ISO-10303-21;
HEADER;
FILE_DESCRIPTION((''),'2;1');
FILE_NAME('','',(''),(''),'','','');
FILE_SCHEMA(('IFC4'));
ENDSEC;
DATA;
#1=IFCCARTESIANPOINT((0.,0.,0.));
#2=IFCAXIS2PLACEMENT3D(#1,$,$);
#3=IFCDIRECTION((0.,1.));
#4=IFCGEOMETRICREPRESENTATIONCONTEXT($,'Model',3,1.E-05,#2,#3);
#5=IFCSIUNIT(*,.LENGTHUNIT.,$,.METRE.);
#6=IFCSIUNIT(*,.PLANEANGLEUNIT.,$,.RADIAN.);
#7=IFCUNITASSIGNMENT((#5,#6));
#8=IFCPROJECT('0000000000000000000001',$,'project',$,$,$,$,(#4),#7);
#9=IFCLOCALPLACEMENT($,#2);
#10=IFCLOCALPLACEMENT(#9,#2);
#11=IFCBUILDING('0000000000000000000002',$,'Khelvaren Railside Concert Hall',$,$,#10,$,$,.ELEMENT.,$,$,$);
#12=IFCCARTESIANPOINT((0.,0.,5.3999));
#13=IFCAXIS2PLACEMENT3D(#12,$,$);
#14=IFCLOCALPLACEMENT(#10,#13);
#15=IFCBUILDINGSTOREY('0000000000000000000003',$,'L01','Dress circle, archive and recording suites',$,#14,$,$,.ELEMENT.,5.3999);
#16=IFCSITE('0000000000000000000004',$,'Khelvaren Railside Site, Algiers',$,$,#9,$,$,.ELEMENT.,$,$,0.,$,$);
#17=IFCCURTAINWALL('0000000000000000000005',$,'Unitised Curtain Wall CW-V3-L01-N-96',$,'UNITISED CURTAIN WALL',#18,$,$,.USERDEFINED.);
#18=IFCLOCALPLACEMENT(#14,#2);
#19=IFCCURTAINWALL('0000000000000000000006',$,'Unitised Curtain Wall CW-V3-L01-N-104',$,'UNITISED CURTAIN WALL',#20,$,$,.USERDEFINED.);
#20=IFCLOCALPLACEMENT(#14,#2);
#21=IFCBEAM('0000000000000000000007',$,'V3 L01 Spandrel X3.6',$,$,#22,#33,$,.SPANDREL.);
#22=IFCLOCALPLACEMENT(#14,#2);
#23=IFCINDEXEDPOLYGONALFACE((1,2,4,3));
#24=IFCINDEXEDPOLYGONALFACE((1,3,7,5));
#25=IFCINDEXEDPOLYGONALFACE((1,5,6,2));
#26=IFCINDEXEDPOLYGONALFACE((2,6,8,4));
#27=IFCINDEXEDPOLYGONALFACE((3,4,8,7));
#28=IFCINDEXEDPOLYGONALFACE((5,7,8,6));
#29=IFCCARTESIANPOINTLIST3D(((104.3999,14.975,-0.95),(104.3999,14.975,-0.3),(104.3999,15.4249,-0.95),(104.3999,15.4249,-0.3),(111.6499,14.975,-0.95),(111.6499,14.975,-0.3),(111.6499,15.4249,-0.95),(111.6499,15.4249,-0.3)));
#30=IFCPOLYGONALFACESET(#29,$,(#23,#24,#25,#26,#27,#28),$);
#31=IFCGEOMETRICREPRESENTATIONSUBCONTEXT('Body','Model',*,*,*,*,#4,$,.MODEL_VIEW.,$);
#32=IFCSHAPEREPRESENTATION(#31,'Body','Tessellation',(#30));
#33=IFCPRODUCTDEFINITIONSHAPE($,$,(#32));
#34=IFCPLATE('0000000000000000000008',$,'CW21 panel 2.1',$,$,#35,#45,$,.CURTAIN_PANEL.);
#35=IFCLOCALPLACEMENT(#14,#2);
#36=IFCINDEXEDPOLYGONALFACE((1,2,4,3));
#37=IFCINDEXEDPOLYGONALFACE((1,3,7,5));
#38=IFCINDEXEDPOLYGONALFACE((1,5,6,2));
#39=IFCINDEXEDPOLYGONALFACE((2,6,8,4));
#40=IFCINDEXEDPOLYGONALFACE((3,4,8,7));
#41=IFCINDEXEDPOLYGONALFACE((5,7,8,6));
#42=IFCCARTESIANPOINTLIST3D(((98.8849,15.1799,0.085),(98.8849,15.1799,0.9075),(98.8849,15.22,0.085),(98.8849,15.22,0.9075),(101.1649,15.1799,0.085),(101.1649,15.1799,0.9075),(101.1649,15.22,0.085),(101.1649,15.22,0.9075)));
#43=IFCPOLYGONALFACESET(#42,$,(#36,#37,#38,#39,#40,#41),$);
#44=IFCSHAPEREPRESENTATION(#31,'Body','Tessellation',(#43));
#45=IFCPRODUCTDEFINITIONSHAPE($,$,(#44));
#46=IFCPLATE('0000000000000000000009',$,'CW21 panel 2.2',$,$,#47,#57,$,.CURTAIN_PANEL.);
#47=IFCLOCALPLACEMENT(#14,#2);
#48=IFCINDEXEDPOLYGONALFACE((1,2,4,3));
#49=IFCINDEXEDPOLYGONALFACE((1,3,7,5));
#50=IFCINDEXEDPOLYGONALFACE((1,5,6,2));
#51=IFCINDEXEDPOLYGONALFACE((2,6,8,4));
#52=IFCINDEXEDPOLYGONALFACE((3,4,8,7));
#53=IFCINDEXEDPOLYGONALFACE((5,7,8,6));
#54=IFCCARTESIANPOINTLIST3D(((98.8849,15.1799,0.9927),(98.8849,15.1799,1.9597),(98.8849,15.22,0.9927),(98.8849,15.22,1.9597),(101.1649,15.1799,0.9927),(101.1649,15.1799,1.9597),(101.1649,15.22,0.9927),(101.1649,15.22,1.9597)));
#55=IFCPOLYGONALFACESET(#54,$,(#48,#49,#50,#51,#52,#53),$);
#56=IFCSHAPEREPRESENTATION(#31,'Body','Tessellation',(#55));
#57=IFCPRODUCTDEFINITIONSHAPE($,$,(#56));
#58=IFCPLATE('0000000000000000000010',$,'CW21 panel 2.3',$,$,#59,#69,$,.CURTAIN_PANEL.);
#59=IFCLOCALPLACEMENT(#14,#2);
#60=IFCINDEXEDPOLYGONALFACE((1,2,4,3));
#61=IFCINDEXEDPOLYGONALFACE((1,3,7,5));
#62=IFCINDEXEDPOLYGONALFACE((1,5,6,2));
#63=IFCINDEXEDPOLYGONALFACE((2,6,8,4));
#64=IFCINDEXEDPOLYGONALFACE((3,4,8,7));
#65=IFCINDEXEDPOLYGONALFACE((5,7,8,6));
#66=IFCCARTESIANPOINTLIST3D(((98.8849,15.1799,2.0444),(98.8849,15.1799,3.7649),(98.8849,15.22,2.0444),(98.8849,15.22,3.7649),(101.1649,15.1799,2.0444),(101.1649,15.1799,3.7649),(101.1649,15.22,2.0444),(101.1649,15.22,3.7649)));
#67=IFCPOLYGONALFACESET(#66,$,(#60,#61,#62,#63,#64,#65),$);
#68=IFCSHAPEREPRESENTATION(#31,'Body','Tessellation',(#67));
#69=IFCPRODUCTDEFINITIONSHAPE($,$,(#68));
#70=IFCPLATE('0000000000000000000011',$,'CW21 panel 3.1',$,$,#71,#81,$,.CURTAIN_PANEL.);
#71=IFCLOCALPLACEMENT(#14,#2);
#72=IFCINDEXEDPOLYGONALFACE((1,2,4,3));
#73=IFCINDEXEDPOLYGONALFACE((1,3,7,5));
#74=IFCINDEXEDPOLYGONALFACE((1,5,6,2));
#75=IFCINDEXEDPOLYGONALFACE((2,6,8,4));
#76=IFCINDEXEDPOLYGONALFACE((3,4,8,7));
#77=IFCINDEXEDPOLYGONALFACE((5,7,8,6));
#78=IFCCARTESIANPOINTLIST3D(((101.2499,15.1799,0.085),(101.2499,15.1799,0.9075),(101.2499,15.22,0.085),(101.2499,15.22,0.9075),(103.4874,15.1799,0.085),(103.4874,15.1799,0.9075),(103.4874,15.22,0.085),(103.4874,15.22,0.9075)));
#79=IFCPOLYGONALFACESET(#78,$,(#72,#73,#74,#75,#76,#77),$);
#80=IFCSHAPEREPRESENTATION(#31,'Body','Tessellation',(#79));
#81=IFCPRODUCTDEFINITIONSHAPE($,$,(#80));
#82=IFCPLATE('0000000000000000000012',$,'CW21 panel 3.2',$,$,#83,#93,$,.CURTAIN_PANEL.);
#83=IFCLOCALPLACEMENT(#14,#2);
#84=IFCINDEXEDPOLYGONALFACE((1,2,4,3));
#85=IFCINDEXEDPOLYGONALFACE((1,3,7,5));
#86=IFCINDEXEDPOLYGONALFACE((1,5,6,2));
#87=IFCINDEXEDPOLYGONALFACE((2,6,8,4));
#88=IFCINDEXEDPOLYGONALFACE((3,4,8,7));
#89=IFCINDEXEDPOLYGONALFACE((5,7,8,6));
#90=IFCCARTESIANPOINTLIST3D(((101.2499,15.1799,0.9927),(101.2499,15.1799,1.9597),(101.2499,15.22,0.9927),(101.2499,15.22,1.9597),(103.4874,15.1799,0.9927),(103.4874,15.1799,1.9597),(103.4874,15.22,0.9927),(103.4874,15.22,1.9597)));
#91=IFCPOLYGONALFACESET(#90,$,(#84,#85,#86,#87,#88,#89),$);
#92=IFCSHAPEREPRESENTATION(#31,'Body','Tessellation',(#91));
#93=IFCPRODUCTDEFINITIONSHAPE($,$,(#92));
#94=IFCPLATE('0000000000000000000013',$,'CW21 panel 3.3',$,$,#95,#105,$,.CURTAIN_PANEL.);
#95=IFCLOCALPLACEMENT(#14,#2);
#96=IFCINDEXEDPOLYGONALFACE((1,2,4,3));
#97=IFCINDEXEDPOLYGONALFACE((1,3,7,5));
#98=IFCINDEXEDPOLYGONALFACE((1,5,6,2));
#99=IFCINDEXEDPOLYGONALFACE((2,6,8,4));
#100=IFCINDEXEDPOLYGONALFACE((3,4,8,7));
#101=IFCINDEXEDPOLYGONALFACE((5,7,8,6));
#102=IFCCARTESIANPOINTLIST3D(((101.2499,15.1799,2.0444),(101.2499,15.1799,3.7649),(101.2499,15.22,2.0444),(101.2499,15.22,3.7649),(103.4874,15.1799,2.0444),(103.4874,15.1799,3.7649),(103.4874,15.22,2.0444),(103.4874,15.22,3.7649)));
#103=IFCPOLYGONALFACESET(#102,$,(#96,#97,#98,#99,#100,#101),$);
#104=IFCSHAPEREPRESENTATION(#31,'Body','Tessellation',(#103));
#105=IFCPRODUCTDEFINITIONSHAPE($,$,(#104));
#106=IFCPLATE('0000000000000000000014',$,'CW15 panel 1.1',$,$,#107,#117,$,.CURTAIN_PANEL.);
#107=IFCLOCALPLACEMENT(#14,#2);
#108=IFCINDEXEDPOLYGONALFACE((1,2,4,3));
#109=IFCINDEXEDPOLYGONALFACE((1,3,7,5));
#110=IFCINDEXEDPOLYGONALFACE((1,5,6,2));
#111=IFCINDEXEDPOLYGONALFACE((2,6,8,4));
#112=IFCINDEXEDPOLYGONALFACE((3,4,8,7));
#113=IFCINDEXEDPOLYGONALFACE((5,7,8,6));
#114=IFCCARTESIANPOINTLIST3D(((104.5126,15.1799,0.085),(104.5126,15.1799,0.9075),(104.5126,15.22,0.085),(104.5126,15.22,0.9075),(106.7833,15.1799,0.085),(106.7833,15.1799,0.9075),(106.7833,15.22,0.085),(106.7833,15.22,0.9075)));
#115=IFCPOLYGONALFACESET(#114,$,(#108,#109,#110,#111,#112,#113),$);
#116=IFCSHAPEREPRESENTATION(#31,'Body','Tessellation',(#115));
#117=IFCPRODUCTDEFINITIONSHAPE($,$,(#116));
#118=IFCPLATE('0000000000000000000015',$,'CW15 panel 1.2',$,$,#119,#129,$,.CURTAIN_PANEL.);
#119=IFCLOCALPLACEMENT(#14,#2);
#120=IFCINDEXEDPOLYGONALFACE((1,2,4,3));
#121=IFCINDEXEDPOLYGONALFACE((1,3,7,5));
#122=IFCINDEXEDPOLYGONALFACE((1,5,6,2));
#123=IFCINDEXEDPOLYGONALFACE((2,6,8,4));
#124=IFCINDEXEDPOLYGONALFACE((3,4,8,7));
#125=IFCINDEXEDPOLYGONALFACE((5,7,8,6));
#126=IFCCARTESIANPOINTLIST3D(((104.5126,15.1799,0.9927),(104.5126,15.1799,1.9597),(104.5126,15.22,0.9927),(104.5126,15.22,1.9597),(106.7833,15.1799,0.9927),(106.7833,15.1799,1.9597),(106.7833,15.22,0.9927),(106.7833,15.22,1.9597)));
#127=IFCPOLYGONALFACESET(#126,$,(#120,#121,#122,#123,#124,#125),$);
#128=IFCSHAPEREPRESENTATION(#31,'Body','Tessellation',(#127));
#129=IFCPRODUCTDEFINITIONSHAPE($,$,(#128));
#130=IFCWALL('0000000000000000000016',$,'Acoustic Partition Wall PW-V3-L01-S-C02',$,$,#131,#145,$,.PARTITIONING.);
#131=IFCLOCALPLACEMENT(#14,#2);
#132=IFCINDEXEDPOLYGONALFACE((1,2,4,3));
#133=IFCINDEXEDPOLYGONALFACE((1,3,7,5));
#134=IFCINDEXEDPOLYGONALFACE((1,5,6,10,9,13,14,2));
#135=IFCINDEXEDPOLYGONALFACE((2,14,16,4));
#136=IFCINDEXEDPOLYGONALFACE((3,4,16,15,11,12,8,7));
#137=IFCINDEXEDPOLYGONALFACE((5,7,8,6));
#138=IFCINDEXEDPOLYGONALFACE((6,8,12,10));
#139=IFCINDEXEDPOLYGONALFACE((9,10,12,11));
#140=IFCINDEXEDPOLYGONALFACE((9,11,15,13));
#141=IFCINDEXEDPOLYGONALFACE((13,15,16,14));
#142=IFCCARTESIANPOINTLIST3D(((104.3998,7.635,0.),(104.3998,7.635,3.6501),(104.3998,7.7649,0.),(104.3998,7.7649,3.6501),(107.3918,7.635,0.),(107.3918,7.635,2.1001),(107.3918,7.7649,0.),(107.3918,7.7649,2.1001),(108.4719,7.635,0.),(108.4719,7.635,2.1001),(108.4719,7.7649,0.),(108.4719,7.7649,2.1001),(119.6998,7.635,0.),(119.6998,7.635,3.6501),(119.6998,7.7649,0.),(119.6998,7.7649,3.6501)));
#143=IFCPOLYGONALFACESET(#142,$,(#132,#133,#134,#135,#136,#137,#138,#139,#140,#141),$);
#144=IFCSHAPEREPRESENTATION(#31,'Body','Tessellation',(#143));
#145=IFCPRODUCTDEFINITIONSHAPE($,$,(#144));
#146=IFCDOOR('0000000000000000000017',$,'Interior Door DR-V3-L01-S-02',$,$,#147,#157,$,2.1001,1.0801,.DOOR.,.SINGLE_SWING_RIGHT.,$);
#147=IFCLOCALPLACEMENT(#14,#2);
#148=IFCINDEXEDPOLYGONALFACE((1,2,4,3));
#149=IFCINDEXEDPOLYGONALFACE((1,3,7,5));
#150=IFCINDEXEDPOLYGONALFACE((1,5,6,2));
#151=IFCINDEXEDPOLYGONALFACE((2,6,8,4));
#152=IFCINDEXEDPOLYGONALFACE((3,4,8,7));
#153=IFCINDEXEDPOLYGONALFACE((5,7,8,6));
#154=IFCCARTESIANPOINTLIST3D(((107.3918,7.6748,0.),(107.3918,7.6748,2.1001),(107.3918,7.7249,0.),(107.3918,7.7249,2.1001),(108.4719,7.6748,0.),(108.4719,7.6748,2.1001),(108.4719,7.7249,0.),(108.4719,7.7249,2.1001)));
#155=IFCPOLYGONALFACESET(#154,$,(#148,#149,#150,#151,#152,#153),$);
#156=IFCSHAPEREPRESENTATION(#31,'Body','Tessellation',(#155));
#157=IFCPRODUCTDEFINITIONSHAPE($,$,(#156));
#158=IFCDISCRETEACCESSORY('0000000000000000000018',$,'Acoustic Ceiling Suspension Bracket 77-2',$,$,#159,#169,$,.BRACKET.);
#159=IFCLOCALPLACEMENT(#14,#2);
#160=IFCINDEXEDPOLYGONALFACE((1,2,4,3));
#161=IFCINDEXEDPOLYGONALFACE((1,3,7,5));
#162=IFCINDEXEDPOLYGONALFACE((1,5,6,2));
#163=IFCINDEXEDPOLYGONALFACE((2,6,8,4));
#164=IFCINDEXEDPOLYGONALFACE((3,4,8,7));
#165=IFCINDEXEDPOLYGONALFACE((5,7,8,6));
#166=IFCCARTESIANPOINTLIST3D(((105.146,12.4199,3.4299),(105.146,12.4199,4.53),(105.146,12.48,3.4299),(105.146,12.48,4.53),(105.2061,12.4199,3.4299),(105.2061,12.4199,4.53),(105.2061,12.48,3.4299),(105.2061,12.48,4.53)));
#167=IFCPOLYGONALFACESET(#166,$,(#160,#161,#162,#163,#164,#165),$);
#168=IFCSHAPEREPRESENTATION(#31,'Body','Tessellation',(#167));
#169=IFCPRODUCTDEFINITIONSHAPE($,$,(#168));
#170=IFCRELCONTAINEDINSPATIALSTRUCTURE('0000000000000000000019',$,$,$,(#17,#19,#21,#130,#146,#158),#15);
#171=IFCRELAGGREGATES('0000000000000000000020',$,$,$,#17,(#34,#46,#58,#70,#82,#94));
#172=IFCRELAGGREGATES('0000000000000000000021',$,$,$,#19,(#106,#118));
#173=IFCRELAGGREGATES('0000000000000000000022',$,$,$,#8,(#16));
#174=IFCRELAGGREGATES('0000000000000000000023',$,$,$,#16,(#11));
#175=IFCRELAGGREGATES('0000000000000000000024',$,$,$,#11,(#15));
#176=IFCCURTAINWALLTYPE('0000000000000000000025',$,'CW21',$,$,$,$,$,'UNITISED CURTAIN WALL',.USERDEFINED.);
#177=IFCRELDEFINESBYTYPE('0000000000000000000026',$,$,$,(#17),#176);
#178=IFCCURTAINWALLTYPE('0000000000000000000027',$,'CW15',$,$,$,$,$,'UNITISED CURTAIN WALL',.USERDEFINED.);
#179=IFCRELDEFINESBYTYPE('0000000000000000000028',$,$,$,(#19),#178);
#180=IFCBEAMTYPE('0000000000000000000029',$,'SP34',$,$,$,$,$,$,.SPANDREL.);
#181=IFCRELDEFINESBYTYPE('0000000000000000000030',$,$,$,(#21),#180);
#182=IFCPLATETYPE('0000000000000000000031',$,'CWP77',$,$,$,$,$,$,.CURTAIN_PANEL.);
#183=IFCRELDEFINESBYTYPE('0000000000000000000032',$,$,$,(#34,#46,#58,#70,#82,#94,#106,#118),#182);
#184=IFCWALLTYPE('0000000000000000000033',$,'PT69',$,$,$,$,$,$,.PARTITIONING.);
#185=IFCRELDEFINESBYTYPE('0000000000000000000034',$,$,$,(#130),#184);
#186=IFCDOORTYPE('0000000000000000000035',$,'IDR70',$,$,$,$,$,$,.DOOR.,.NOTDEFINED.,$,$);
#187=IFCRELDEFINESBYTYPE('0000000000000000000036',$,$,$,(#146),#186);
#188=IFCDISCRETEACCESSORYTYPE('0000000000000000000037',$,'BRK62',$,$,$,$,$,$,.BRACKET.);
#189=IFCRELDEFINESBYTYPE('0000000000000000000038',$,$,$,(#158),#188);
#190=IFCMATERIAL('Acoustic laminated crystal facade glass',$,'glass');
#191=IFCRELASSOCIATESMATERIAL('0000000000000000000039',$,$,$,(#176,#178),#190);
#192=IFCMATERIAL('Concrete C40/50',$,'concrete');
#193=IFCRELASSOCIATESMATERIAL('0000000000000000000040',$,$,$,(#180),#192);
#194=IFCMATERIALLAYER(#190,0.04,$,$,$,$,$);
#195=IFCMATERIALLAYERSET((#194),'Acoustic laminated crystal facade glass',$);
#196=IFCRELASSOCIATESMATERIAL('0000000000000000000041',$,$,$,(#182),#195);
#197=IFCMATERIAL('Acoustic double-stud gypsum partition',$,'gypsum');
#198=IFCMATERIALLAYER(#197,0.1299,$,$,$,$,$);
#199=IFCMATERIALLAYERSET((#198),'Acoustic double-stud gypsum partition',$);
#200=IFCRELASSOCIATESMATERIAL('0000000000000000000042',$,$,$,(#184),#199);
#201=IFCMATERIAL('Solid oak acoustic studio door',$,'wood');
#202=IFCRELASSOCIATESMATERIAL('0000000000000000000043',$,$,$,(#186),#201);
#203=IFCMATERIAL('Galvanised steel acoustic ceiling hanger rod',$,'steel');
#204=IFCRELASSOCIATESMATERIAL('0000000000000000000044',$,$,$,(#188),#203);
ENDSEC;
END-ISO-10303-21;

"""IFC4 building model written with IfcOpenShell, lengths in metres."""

from ifc_helpers import new_model, si_unit, direction, frame, frame_2d, origin, origin_2d, place, context, subcontext, project, spatial, rectangle, extrude, material, layer, layer_set, material_profile, profile_set, type_object, element, fill, aggregate, save


model = new_model("IFC4")

# Units and contexts
model_context = context("Model", 3, precision=1e-05, world=origin(), true_north=direction((0.0, 1.0)))
body_context = subcontext(model_context, "Body", "Model", "MODEL_VIEW")
ifc_project = project(units=[si_unit("LENGTHUNIT", "METRE"), si_unit("PLANEANGLEUNIT", "RADIAN")], contexts=[model_context])

# Site, building, storey
site_placement = place(None, origin())
site = spatial("IfcSite", under=ifc_project, at=site_placement, Name="Khelvaren Railside Site, Algiers", CompositionType="ELEMENT", RefElevation=0.0)
building_placement = place(site_placement, origin())
building = spatial("IfcBuilding", under=site, at=building_placement, Name="Khelvaren Railside Concert Hall", CompositionType="ELEMENT")
storey_placement = place(building_placement, frame((0.0, 0.0, 5.3999)))
storey = spatial("IfcBuildingStorey", under=building, at=storey_placement, Name="L01", Description="Dress circle, archive and recording suites", CompositionType="ELEMENT", Elevation=5.3999)

# Curtain wall
ifc_material_1 = material(Name="Acoustic laminated crystal facade glass", Category="glass")
curtain_wall_type_1 = type_object("IfcCurtainWallType", Name="CW21", ElementType="UNITISED CURTAIN WALL", PredefinedType="USERDEFINED", material=ifc_material_1)
curtain_wall_1_placement = place(storey_placement, origin())
curtain_wall_1 = element("IfcCurtainWall", 1, at=curtain_wall_1_placement, inside=storey, type_object=curtain_wall_type_1, Name="Unitised Curtain Wall CW-V3-L01-N-96", ObjectType="UNITISED CURTAIN WALL", PredefinedType="USERDEFINED")

# Curtain wall
curtain_wall_type_2 = type_object("IfcCurtainWallType", Name="CW15", ElementType="UNITISED CURTAIN WALL", PredefinedType="USERDEFINED", material=ifc_material_1)
curtain_wall_2_placement = place(storey_placement, origin())
curtain_wall_2 = element("IfcCurtainWall", 2, at=curtain_wall_2_placement, inside=storey, type_object=curtain_wall_type_2, Name="Unitised Curtain Wall CW-V3-L01-N-104", ObjectType="UNITISED CURTAIN WALL", PredefinedType="USERDEFINED")

# Beam
ifc_material_2 = material(Name="Concrete C40/50", Category="concrete")
ifc_material_profile_1 = material_profile(ifc_material_2, rectangle(XDim=0.45, YDim=0.6499, at=origin_2d()), Name="RCB 450x650")
ifc_profile_set_1 = profile_set([ifc_material_profile_1], Name="Concrete C40/50")
beam_type_1 = type_object("IfcBeamType", Name="SP34", PredefinedType="SPANDREL", material=ifc_profile_set_1)
beam_1_placement = place(storey_placement, frame((104.3999, 15.2, -0.625), z_axis=(1.0, 0.0, 0.0), x_axis=(0.0, 1.0, 0.0)))
element("IfcBeam", 3, at=beam_1_placement, inside=storey, type_object=beam_type_1, Name="V3 L01 Spandrel X3.6", PredefinedType="SPANDREL", context=body_context, shape_type="SweptSolid", body=[
    extrude(rectangle(XDim=0.45, YDim=0.6499, at=origin_2d()), origin(), (0.0, 0.0, 1.0), 7.25),
])

# Plates
ifc_layer_1 = layer(ifc_material_1, 0.04)
ifc_layer_set_1 = layer_set([ifc_layer_1], Name="Acoustic laminated crystal facade glass")
plate_type = type_object("IfcPlateType", Name="CWP77", PredefinedType="CURTAIN_PANEL", material=ifc_layer_set_1)
plate_1_placement = place(storey_placement, frame((100.0249, 15.2, 0.085), z_axis=(0.0, 0.0, 1.0), x_axis=(1.0, 0.0, 0.0)))
plate_1 = element("IfcPlate", 4, at=plate_1_placement, type_object=plate_type, Name="CW21 panel 2.1", PredefinedType="CURTAIN_PANEL", context=body_context, shape_type="SweptSolid", body=[
    extrude(rectangle(XDim=2.28, YDim=0.04, at=origin_2d()), origin(), (0.0, 0.0, 1.0), 0.8225),
])
plate_2_placement = place(storey_placement, frame((100.0249, 15.2, 0.9927), z_axis=(0.0, 0.0, 1.0), x_axis=(1.0, 0.0, 0.0)))
plate_2 = element("IfcPlate", 5, at=plate_2_placement, type_object=plate_type, Name="CW21 panel 2.2", PredefinedType="CURTAIN_PANEL", context=body_context, shape_type="SweptSolid", body=[
    extrude(rectangle(XDim=2.28, YDim=0.04, at=origin_2d()), origin(), (0.0, 0.0, 1.0), 0.967),
])
plate_3_placement = place(storey_placement, frame((100.0249, 15.2, 2.0444), z_axis=(0.0, 0.0, 1.0), x_axis=(1.0, 0.0, 0.0)))
plate_3 = element("IfcPlate", 6, at=plate_3_placement, type_object=plate_type, Name="CW21 panel 2.3", PredefinedType="CURTAIN_PANEL", context=body_context, shape_type="SweptSolid", body=[
    extrude(rectangle(XDim=2.28, YDim=0.04, at=origin_2d()), origin(), (0.0, 0.0, 1.0), 1.7205),
])
plate_4_placement = place(storey_placement, frame((102.3687, 15.2, 0.085), z_axis=(0.0, 0.0, 1.0), x_axis=(1.0, 0.0, 0.0)))
plate_4 = element("IfcPlate", 7, at=plate_4_placement, type_object=plate_type, Name="CW21 panel 3.1", PredefinedType="CURTAIN_PANEL", context=body_context, shape_type="SweptSolid", body=[
    extrude(rectangle(XDim=2.2375, YDim=0.04, at=origin_2d()), origin(), (0.0, 0.0, 1.0), 0.8225),
])
plate_5_placement = place(storey_placement, frame((102.3687, 15.2, 0.9927), z_axis=(0.0, 0.0, 1.0), x_axis=(1.0, 0.0, 0.0)))
plate_5 = element("IfcPlate", 8, at=plate_5_placement, type_object=plate_type, Name="CW21 panel 3.2", PredefinedType="CURTAIN_PANEL", context=body_context, shape_type="SweptSolid", body=[
    extrude(rectangle(XDim=2.2375, YDim=0.04, at=origin_2d()), origin(), (0.0, 0.0, 1.0), 0.967),
])
plate_6_placement = place(storey_placement, frame((102.3687, 15.2, 2.0444), z_axis=(0.0, 0.0, 1.0), x_axis=(1.0, 0.0, 0.0)))
plate_6 = element("IfcPlate", 9, at=plate_6_placement, type_object=plate_type, Name="CW21 panel 3.3", PredefinedType="CURTAIN_PANEL", context=body_context, shape_type="SweptSolid", body=[
    extrude(rectangle(XDim=2.2375, YDim=0.04, at=origin_2d()), origin(), (0.0, 0.0, 1.0), 1.7205),
])
aggregate(curtain_wall_1, [plate_1, plate_2, plate_3, plate_4, plate_5, plate_6])
plate_7_placement = place(storey_placement, frame((105.6479, 15.2, 0.085), z_axis=(0.0, 0.0, 1.0), x_axis=(1.0, 0.0, 0.0)))
plate_7 = element("IfcPlate", 10, at=plate_7_placement, type_object=plate_type, Name="CW15 panel 1.1", PredefinedType="CURTAIN_PANEL", context=body_context, shape_type="SweptSolid", body=[
    extrude(rectangle(XDim=2.2708, YDim=0.04, at=origin_2d()), origin(), (0.0, 0.0, 1.0), 0.8225),
])
plate_8_placement = place(storey_placement, frame((105.6479, 15.2, 0.9927), z_axis=(0.0, 0.0, 1.0), x_axis=(1.0, 0.0, 0.0)))
plate_8 = element("IfcPlate", 11, at=plate_8_placement, type_object=plate_type, Name="CW15 panel 1.2", PredefinedType="CURTAIN_PANEL", context=body_context, shape_type="SweptSolid", body=[
    extrude(rectangle(XDim=2.2708, YDim=0.04, at=origin_2d()), origin(), (0.0, 0.0, 1.0), 0.967),
])
aggregate(curtain_wall_2, [plate_7, plate_8])

# Wall, opening, door
ifc_material_3 = material(Name="Acoustic double-stud gypsum partition", Category="gypsum")
ifc_layer_2 = layer(ifc_material_3, 0.1299)
ifc_layer_set_2 = layer_set([ifc_layer_2], Name="Acoustic double-stud gypsum partition")
wall_type = type_object("IfcWallType", Name="PT69", PredefinedType="PARTITIONING", material=ifc_layer_set_2)
wall_placement = place(storey_placement, frame((104.3999, 7.7, 0.0), z_axis=(0.0, 0.0, 1.0), x_axis=(1.0, 0.0, 0.0)))
wall = element("IfcWall", 12, at=wall_placement, inside=storey, type_object=wall_type, Name="Acoustic Partition Wall PW-V3-L01-S-C02", PredefinedType="PARTITIONING", context=body_context, shape_type="SweptSolid", body=[
    extrude(rectangle(XDim=15.3, YDim=0.1299, at=frame_2d((7.6499, 0.0))), origin(), (0.0, 0.0, 1.0), 3.6501),
])
opening_placement = place(wall_placement, frame((2.9919, 0.0, 0.0)))
opening = element("IfcOpeningElement", 13, at=opening_placement, cuts=wall, PredefinedType="OPENING", context=body_context, shape_type="SweptSolid", body=[
    extrude(rectangle(XDim=1.0801, YDim=2.1001, at=frame_2d((0.54, 1.05))), frame((0.0, 0.075, 0.0), z_axis=(0.0, -1.0, 0.0), x_axis=(1.0, 0.0, 0.0)), (0.0, 0.0, 1.0), 0.1499),
])
ifc_material_4 = material(Name="Solid oak acoustic studio door", Category="wood")
door_type = type_object("IfcDoorType", Name="IDR70", OperationType="NOTDEFINED", PredefinedType="DOOR", material=ifc_material_4)
door_placement = place(opening_placement, origin())
door = element("IfcDoor", 14, at=door_placement, inside=storey, type_object=door_type, Name="Interior Door DR-V3-L01-S-02", OperationType="SINGLE_SWING_RIGHT", OverallHeight=2.1001, OverallWidth=1.0801, PredefinedType="DOOR", context=body_context, shape_type="SweptSolid", body=[
    extrude(rectangle(XDim=1.0801, YDim=2.1001, at=frame_2d((0.54, 1.05))), frame((0.0, 0.0249, 0.0), z_axis=(0.0, -1.0, 0.0), x_axis=(1.0, 0.0, 0.0)), (0.0, 0.0, 1.0), 0.05),
])
fill(opening, door)

# Discrete accessory
ifc_material_5 = material(Name="Galvanised steel acoustic ceiling hanger rod", Category="steel")
discrete_accessory_type = type_object("IfcDiscreteAccessoryType", Name="BRK62", PredefinedType="BRACKET", material=ifc_material_5)
discrete_accessory_placement = place(storey_placement, frame((105.176, 12.45, 3.4299), z_axis=(0.0, 0.0, 1.0), x_axis=(1.0, 0.0, 0.0)))
element("IfcDiscreteAccessory", 15, at=discrete_accessory_placement, inside=storey, type_object=discrete_accessory_type, Name="Acoustic Ceiling Suspension Bracket 77-2", PredefinedType="BRACKET", context=body_context, shape_type="SweptSolid", body=[
    extrude(rectangle(XDim=0.0601, YDim=0.0601, at=origin_2d()), origin(), (0.0, 0.0, 1.0), 1.1001),
])

save(model, "model.ifc")
